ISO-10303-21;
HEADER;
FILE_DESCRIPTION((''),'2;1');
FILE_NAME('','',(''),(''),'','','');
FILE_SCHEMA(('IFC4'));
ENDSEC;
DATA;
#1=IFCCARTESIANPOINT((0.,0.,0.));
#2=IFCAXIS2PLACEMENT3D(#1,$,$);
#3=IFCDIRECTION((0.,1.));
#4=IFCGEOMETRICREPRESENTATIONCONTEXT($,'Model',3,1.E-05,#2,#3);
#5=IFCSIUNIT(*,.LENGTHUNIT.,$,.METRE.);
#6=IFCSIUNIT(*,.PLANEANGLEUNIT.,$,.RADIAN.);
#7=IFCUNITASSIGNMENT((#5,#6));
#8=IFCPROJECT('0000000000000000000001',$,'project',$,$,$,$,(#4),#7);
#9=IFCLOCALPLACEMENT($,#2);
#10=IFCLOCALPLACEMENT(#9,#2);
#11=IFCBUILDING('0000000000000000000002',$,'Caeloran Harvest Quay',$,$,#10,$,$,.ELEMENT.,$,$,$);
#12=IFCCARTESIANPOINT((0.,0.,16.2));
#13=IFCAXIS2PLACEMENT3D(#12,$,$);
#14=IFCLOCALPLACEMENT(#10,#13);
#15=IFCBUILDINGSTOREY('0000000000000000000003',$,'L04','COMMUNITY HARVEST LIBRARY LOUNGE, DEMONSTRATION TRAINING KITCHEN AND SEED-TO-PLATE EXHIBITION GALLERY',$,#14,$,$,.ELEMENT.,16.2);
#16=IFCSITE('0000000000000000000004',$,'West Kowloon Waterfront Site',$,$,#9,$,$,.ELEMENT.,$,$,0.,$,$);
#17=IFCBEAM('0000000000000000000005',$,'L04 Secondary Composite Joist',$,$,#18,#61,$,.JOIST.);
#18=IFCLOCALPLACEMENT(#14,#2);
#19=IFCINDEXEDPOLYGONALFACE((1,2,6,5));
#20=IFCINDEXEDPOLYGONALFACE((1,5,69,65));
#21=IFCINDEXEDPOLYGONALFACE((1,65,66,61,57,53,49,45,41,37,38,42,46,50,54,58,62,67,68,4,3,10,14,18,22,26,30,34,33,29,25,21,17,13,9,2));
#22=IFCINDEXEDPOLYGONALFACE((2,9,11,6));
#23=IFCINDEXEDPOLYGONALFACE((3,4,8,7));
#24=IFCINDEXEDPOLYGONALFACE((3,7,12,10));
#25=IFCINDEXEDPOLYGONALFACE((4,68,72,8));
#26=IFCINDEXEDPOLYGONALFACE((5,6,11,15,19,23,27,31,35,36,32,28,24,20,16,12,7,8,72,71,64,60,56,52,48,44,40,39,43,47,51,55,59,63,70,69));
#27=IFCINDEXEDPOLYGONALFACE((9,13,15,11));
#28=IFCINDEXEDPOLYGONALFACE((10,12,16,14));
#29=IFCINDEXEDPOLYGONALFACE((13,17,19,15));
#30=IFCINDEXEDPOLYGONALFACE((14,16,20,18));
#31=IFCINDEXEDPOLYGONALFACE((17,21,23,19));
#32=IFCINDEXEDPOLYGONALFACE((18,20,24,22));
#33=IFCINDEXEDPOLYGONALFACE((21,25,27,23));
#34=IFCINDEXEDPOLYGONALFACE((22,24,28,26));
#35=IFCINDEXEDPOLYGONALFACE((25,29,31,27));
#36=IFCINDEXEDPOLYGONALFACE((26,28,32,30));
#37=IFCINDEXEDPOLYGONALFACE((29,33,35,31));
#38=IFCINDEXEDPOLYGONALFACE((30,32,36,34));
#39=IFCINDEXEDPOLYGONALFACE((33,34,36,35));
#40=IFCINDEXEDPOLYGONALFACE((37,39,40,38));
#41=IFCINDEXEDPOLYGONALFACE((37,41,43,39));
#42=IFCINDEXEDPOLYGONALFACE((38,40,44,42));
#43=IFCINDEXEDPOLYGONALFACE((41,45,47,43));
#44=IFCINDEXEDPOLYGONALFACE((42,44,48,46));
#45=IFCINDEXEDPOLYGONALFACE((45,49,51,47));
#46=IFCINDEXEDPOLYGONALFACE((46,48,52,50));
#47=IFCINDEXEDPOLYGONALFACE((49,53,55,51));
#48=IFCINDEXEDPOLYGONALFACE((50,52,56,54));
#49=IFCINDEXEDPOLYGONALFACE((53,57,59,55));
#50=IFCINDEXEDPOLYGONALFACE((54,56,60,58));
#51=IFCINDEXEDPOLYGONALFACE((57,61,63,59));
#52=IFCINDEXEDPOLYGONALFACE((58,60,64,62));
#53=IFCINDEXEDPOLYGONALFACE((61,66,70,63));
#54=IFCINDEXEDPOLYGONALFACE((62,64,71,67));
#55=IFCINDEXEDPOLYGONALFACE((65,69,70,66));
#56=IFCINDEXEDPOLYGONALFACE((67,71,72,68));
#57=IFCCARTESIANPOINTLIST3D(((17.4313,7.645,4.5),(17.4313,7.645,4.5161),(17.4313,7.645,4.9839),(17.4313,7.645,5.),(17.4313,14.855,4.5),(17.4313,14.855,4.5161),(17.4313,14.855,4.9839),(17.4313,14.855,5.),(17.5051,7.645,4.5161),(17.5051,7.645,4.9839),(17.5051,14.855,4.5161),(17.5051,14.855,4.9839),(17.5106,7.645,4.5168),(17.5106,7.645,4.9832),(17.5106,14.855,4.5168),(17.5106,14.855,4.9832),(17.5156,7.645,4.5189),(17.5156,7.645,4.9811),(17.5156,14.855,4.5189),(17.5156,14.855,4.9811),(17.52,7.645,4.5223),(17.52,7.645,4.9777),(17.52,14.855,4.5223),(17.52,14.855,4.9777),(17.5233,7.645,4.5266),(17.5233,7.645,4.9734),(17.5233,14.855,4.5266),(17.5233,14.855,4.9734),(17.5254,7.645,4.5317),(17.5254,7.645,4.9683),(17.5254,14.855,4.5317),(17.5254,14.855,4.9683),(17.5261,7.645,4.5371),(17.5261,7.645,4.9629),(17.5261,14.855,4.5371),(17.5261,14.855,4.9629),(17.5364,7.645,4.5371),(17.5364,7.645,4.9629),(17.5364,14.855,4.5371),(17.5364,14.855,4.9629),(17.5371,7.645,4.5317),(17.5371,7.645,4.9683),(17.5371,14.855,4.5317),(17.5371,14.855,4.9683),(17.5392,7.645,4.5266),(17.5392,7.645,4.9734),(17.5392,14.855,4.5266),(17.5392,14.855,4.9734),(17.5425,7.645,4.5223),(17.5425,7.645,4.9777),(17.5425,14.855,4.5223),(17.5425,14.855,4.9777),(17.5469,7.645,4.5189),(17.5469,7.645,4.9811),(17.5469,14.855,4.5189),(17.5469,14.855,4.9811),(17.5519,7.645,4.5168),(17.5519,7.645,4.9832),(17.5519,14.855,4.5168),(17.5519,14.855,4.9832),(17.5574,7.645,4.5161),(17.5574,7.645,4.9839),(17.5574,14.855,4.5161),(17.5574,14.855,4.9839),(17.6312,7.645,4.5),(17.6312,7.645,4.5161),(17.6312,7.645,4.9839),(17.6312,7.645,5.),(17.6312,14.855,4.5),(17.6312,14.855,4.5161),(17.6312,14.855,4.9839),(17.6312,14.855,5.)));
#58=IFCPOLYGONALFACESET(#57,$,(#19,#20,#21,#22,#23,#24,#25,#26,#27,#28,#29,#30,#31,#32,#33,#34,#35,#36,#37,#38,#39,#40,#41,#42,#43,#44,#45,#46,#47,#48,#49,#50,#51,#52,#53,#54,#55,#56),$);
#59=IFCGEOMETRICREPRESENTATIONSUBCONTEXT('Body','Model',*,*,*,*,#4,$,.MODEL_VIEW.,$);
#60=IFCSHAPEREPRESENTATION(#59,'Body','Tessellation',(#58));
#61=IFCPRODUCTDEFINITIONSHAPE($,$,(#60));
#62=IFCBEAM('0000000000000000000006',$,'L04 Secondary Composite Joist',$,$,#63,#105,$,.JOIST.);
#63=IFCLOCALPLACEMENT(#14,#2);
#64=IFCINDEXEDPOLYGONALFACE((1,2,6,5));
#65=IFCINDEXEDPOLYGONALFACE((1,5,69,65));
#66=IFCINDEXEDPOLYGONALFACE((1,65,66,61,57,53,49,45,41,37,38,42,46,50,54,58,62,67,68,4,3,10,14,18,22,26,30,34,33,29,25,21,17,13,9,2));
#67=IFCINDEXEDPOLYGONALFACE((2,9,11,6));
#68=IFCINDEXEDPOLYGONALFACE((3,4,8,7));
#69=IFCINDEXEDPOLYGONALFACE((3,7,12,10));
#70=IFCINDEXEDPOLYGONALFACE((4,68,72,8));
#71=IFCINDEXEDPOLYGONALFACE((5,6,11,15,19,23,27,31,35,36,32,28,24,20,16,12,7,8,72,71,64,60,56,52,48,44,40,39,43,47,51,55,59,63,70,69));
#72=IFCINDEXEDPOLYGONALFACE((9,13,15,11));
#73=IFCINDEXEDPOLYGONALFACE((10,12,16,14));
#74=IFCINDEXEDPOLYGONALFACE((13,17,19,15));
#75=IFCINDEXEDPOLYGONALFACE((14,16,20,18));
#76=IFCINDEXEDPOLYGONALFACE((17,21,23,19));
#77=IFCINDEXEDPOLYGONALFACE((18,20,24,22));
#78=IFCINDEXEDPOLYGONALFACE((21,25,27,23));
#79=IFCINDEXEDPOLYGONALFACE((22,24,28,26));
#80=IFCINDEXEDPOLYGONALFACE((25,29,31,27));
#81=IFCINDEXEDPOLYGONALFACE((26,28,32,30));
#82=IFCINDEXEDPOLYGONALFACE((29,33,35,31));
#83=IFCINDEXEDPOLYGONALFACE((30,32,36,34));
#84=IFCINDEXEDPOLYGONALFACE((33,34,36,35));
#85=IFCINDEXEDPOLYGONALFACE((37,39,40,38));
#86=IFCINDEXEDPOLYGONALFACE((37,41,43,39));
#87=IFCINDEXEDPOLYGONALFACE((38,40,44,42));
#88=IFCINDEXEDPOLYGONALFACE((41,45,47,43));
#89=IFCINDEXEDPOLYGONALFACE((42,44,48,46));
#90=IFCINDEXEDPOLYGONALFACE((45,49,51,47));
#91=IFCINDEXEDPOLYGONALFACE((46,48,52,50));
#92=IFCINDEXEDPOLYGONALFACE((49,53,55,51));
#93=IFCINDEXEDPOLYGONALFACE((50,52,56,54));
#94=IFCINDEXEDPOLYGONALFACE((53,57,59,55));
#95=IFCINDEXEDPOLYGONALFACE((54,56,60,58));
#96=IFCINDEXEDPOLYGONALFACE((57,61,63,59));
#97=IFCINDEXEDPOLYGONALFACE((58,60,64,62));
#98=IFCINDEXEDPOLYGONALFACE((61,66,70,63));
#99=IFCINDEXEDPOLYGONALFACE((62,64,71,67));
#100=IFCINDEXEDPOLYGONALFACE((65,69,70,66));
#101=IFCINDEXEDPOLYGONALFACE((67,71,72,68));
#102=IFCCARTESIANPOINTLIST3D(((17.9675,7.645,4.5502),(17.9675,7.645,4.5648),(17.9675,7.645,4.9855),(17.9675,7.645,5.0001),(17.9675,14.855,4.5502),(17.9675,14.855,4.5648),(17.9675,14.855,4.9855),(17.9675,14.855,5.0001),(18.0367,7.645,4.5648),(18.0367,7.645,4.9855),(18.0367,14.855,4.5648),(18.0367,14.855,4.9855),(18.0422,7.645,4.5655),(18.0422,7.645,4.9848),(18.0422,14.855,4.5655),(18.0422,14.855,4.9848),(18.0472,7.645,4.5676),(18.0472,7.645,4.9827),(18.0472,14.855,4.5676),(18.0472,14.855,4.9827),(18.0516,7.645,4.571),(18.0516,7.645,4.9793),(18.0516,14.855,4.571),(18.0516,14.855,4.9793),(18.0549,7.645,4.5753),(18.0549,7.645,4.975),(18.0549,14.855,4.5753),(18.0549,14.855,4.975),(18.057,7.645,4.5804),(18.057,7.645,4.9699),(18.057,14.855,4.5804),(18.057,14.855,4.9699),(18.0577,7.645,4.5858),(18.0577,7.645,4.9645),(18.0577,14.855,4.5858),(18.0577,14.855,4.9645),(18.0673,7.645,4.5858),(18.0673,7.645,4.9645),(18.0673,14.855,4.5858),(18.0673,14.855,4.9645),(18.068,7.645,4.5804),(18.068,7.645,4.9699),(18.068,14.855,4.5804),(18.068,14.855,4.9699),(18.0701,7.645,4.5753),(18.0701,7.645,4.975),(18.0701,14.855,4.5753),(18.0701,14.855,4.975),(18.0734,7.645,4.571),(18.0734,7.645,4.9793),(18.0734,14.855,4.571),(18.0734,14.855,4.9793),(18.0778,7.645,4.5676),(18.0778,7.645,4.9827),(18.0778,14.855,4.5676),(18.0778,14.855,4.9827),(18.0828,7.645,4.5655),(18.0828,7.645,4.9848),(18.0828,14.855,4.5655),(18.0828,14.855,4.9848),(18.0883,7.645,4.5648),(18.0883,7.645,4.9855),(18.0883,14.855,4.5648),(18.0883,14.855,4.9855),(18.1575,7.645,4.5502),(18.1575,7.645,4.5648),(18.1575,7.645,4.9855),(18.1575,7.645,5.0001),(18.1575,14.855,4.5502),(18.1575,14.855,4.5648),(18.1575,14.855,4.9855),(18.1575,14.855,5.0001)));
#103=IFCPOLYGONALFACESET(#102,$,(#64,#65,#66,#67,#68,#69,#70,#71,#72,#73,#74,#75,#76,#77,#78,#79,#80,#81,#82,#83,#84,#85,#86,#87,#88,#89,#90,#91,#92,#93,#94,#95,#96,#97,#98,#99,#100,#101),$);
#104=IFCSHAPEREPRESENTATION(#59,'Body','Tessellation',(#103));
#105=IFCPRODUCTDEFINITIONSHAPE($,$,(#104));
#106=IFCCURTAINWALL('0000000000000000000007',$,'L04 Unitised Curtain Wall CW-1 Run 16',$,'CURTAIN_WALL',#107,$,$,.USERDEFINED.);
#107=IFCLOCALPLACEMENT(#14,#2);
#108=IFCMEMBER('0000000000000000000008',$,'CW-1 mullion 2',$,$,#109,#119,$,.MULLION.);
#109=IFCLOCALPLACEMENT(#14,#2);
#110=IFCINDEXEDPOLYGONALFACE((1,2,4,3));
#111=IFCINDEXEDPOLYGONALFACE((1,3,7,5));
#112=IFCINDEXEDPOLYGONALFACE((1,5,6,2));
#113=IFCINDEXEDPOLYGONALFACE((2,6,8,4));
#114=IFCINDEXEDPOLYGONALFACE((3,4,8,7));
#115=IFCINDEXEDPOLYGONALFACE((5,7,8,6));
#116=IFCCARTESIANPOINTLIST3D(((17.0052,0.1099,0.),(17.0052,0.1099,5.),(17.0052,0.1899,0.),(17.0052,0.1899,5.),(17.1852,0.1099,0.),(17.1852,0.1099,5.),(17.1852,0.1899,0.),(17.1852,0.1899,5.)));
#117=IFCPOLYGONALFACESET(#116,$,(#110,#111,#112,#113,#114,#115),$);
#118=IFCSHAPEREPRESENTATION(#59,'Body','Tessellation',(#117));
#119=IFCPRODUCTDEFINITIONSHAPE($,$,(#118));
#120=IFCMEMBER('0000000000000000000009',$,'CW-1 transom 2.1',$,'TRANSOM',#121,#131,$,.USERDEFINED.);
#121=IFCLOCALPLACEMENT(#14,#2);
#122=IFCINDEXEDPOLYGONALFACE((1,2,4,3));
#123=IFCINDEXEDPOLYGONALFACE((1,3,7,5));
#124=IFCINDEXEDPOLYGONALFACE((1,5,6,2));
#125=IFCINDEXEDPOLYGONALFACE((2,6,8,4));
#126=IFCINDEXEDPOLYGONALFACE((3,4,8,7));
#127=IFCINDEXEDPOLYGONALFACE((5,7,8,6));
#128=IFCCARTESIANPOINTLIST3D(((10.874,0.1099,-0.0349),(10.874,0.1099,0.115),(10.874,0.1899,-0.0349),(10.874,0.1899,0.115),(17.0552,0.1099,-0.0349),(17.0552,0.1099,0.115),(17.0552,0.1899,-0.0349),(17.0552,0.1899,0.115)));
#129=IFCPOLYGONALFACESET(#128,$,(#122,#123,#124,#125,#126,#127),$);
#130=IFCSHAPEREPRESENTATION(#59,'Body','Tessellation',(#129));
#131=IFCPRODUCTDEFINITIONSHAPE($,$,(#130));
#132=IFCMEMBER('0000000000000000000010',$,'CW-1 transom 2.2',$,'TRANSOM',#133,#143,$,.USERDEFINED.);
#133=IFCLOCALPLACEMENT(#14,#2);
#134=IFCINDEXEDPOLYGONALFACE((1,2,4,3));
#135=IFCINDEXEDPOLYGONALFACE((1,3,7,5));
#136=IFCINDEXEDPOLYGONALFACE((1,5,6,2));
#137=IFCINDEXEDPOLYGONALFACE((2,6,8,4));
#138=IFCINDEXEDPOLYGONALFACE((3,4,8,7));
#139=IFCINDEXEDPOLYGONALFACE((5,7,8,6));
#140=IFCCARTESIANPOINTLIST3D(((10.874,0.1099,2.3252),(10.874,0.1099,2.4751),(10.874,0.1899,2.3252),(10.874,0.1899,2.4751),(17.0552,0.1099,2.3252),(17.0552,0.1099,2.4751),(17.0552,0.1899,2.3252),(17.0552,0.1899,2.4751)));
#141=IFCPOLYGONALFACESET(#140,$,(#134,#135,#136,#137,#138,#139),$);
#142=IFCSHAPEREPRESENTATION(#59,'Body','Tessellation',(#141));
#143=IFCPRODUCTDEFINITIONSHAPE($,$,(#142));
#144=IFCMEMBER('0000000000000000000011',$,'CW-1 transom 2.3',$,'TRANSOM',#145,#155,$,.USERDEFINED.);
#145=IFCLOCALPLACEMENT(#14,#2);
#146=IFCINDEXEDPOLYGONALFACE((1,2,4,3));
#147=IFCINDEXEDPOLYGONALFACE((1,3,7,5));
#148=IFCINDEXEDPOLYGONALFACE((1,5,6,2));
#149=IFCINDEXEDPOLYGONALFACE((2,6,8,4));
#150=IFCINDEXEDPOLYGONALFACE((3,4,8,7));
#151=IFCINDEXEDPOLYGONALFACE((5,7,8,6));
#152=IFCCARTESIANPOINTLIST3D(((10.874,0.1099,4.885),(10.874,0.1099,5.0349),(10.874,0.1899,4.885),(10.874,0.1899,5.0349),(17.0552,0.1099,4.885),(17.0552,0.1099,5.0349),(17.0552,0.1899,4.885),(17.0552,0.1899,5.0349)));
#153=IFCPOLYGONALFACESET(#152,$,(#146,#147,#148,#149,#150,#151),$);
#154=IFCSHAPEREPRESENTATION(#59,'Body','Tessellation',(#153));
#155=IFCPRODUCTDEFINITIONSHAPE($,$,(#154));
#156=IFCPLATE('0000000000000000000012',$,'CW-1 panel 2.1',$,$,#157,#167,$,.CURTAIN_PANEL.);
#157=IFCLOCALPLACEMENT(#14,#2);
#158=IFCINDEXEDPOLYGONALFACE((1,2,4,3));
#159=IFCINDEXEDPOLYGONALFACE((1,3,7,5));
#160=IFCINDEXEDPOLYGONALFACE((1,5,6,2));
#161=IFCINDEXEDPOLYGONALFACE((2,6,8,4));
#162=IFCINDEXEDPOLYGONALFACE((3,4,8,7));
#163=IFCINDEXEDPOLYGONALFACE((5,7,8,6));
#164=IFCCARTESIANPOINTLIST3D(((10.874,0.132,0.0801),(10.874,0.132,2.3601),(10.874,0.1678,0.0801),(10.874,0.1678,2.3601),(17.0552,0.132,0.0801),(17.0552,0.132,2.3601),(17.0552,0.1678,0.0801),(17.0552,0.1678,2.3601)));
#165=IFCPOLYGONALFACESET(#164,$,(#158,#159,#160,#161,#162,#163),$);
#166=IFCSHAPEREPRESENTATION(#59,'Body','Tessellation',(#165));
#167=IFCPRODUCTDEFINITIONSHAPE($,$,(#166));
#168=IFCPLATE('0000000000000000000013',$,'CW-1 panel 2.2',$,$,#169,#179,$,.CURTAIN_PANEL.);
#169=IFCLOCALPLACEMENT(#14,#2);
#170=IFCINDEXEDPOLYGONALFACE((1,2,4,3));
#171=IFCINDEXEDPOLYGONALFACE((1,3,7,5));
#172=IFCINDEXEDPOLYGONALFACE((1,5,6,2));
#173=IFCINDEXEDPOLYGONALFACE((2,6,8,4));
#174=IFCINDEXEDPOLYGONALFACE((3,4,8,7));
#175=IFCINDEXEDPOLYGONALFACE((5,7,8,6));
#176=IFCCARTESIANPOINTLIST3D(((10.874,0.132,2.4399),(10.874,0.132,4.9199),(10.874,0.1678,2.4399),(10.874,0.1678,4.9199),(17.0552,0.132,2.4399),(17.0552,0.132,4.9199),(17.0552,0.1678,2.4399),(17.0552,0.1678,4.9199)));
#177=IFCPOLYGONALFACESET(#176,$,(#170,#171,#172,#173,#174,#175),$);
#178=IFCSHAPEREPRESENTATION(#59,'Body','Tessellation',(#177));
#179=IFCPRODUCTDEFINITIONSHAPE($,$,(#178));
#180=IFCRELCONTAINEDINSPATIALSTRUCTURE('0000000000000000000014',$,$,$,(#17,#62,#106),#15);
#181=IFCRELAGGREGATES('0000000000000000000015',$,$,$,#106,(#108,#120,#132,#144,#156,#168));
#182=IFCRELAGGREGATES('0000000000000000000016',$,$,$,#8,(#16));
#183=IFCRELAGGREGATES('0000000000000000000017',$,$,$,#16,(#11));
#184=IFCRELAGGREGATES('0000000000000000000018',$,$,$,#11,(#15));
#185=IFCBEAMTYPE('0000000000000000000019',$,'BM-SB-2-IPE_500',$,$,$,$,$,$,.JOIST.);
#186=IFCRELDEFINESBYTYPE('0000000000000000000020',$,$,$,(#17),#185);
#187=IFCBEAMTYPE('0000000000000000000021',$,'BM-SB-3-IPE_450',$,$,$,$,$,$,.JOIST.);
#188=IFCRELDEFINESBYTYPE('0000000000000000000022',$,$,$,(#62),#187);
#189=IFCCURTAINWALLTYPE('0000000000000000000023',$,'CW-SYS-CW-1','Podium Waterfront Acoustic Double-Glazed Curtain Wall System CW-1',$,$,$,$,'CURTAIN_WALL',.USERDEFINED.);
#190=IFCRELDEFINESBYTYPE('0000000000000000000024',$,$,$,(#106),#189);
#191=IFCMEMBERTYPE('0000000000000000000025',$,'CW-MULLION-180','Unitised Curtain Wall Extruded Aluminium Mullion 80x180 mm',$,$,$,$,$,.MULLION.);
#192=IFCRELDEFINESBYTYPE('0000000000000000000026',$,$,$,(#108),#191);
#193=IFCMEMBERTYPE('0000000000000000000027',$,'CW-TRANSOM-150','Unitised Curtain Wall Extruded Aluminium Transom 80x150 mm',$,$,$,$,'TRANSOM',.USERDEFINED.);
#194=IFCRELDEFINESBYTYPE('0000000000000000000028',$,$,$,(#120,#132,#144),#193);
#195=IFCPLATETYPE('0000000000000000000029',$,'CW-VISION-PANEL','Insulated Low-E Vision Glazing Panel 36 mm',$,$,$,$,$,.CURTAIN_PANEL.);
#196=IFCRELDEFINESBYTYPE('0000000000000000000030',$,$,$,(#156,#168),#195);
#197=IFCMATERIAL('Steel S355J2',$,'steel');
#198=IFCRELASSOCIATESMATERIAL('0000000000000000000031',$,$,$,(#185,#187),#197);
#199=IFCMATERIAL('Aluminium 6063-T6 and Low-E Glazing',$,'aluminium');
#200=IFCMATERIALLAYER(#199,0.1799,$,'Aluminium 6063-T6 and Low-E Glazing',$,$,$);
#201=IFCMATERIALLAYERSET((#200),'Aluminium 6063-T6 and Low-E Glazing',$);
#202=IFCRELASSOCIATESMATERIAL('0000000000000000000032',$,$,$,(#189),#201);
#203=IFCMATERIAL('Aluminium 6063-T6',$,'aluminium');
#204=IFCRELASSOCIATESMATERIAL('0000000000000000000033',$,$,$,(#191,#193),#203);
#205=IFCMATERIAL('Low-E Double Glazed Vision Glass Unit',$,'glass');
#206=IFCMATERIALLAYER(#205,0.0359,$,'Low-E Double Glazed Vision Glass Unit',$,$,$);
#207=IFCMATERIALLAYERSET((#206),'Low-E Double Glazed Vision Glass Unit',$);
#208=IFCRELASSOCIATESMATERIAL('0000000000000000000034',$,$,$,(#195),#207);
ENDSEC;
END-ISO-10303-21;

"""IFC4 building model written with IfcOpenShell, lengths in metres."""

from ifc_helpers import new_model, si_unit, direction, frame, origin, origin_2d, place, context, subcontext, project, spatial, rectangle, i_section, extrude, material, layer, layer_set, material_profile, profile_set, type_object, element, aggregate, save


model = new_model("IFC4")

# Units and contexts
model_context = context("Model", 3, precision=1e-05, world=origin(), true_north=direction((0.0, 1.0)))
body_context = subcontext(model_context, "Body", "Model", "MODEL_VIEW")
ifc_project = project(units=[si_unit("LENGTHUNIT", "METRE"), si_unit("PLANEANGLEUNIT", "RADIAN")], contexts=[model_context])

# Site, building, storey
site_placement = place(None, origin())
site = spatial("IfcSite", under=ifc_project, at=site_placement, Name="West Kowloon Waterfront Site", CompositionType="ELEMENT", RefElevation=0.0)
building_placement = place(site_placement, origin())
building = spatial("IfcBuilding", under=site, at=building_placement, Name="Caeloran Harvest Quay", CompositionType="ELEMENT")
storey_placement = place(building_placement, frame((0.0, 0.0, 16.2)))
storey = spatial("IfcBuildingStorey", under=building, at=storey_placement, Name="L04", Description="COMMUNITY HARVEST LIBRARY LOUNGE, DEMONSTRATION TRAINING KITCHEN AND SEED-TO-PLATE EXHIBITION GALLERY", CompositionType="ELEMENT", Elevation=16.2)

# Beams
ifc_material_1 = material(Name="Steel S355J2", Category="steel")
ifc_material_profile_1 = material_profile(ifc_material_1, i_section(OverallWidth=0.2, OverallDepth=0.5, WebThickness=0.0103, FlangeThickness=0.0161, FilletRadius=0.021, at=origin_2d()), Name="IPE 500")
ifc_profile_set_1 = profile_set([ifc_material_profile_1], Name="Steel S355J2")
beam_type_1 = type_object("IfcBeamType", Name="BM-SB-2-IPE_500", PredefinedType="JOIST", material=ifc_profile_set_1)
beam_1_placement = place(storey_placement, frame((17.5312, 7.645, 4.75), z_axis=(0.0, 1.0, 0.0), x_axis=(-1.0, 0.0, 0.0)))
element("IfcBeam", 1, at=beam_1_placement, inside=storey, type_object=beam_type_1, Name="L04 Secondary Composite Joist", PredefinedType="JOIST", context=body_context, shape_type="SweptSolid", body=[
    extrude(i_section(OverallWidth=0.2, OverallDepth=0.5, WebThickness=0.0103, FlangeThickness=0.0161, FilletRadius=0.021, at=origin_2d()), origin(), (0.0, 0.0, 1.0), 7.21),
])
ifc_material_profile_2 = material_profile(ifc_material_1, i_section(OverallWidth=0.1899, OverallDepth=0.45, WebThickness=0.0095, FlangeThickness=0.0146, FilletRadius=0.021, at=origin_2d()), Name="IPE 450")
ifc_profile_set_2 = profile_set([ifc_material_profile_2], Name="Steel S355J2")
beam_type_2 = type_object("IfcBeamType", Name="BM-SB-3-IPE_450", PredefinedType="JOIST", material=ifc_profile_set_2)
beam_2_placement = place(storey_placement, frame((18.0625, 7.645, 4.7751), z_axis=(0.0, 1.0, 0.0), x_axis=(-1.0, 0.0, 0.0)))
element("IfcBeam", 2, at=beam_2_placement, inside=storey, type_object=beam_type_2, Name="L04 Secondary Composite Joist", PredefinedType="JOIST", context=body_context, shape_type="SweptSolid", body=[
    extrude(i_section(OverallWidth=0.1899, OverallDepth=0.45, WebThickness=0.0095, FlangeThickness=0.0146, FilletRadius=0.021, at=origin_2d()), origin(), (0.0, 0.0, 1.0), 7.21),
])

# Curtain wall, members, plates
ifc_material_2 = material(Name="Aluminium 6063-T6 and Low-E Glazing", Category="aluminium")
ifc_layer_1 = layer(ifc_material_2, 0.1799, Name="Aluminium 6063-T6 and Low-E Glazing")
ifc_layer_set_1 = layer_set([ifc_layer_1], Name="Aluminium 6063-T6 and Low-E Glazing")
curtain_wall_type = type_object("IfcCurtainWallType", Name="CW-SYS-CW-1", Description="Podium Waterfront Acoustic Double-Glazed Curtain Wall System CW-1", ElementType="CURTAIN_WALL", PredefinedType="USERDEFINED", material=ifc_layer_set_1)
curtain_wall_placement = place(storey_placement, origin())
curtain_wall = element("IfcCurtainWall", 3, at=curtain_wall_placement, inside=storey, type_object=curtain_wall_type, Name="L04 Unitised Curtain Wall CW-1 Run 16", ObjectType="CURTAIN_WALL", PredefinedType="USERDEFINED")
ifc_material_3 = material(Name="Aluminium 6063-T6", Category="aluminium")
ifc_material_profile_3 = material_profile(ifc_material_3, rectangle(XDim=0.0801, YDim=0.1799, at=origin_2d()), Name="CW-MULLION-180")
ifc_profile_set_3 = profile_set([ifc_material_profile_3], Name="Aluminium 6063-T6")
member_type_1 = type_object("IfcMemberType", Name="CW-MULLION-180", Description="Unitised Curtain Wall Extruded Aluminium Mullion 80x180 mm", PredefinedType="MULLION", material=ifc_profile_set_3)
member_1_placement = place(storey_placement, frame((17.0952, 0.1499, 0.0), z_axis=(0.0, 0.0, 1.0), x_axis=(0.0, -1.0, 0.0)))
member_1 = element("IfcMember", 4, at=member_1_placement, type_object=member_type_1, Name="CW-1 mullion 2", PredefinedType="MULLION", context=body_context, shape_type="SweptSolid", body=[
    extrude(rectangle(XDim=0.0801, YDim=0.1799, at=origin_2d()), origin(), (0.0, 0.0, 1.0), 5.0),
])
ifc_material_profile_4 = material_profile(ifc_material_3, rectangle(XDim=0.0801, YDim=0.1499, at=origin_2d()), Name="CW-TRANSOM-150")
ifc_profile_set_4 = profile_set([ifc_material_profile_4], Name="Aluminium 6063-T6")
member_type_2 = type_object("IfcMemberType", Name="CW-TRANSOM-150", Description="Unitised Curtain Wall Extruded Aluminium Transom 80x150 mm", ElementType="TRANSOM", PredefinedType="USERDEFINED", material=ifc_profile_set_4)
member_2_placement = place(storey_placement, frame((17.0552, 0.1499, 0.04), z_axis=(-1.0, 0.0, 0.0), x_axis=(0.0, -1.0, 0.0)))
member_2 = element("IfcMember", 5, at=member_2_placement, type_object=member_type_2, Name="CW-1 transom 2.1", ObjectType="TRANSOM", PredefinedType="USERDEFINED", context=body_context, shape_type="SweptSolid", body=[
    extrude(rectangle(XDim=0.0801, YDim=0.1499, at=origin_2d()), origin(), (0.0, 0.0, 1.0), 6.1812),
])
member_3_placement = place(storey_placement, frame((17.0552, 0.1499, 2.4001), z_axis=(-1.0, 0.0, 0.0), x_axis=(0.0, -1.0, 0.0)))
member_3 = element("IfcMember", 6, at=member_3_placement, type_object=member_type_2, Name="CW-1 transom 2.2", ObjectType="TRANSOM", PredefinedType="USERDEFINED", context=body_context, shape_type="SweptSolid", body=[
    extrude(rectangle(XDim=0.0801, YDim=0.1499, at=origin_2d()), origin(), (0.0, 0.0, 1.0), 6.1812),
])
member_4_placement = place(storey_placement, frame((17.0552, 0.1499, 4.96), z_axis=(-1.0, 0.0, 0.0), x_axis=(0.0, -1.0, 0.0)))
member_4 = element("IfcMember", 7, at=member_4_placement, type_object=member_type_2, Name="CW-1 transom 2.3", ObjectType="TRANSOM", PredefinedType="USERDEFINED", context=body_context, shape_type="SweptSolid", body=[
    extrude(rectangle(XDim=0.0801, YDim=0.1499, at=origin_2d()), origin(), (0.0, 0.0, 1.0), 6.1812),
])
ifc_material_4 = material(Name="Low-E Double Glazed Vision Glass Unit", Category="glass")
ifc_layer_2 = layer(ifc_material_4, 0.0359, Name="Low-E Double Glazed Vision Glass Unit")
ifc_layer_set_2 = layer_set([ifc_layer_2], Name="Low-E Double Glazed Vision Glass Unit")
plate_type = type_object("IfcPlateType", Name="CW-VISION-PANEL", Description="Insulated Low-E Vision Glazing Panel 36 mm", PredefinedType="CURTAIN_PANEL", material=ifc_layer_set_2)
plate_1_placement = place(storey_placement, frame((13.9646, 0.1499, 0.0801), z_axis=(0.0, 0.0, 1.0), x_axis=(-1.0, 0.0, 0.0)))
plate_1 = element("IfcPlate", 8, at=plate_1_placement, type_object=plate_type, Name="CW-1 panel 2.1", PredefinedType="CURTAIN_PANEL", context=body_context, shape_type="SweptSolid", body=[
    extrude(rectangle(XDim=6.1812, YDim=0.0359, at=origin_2d()), origin(), (0.0, 0.0, 1.0), 2.28),
])
plate_2_placement = place(storey_placement, frame((13.9646, 0.1499, 2.4399), z_axis=(0.0, 0.0, 1.0), x_axis=(-1.0, 0.0, 0.0)))
plate_2 = element("IfcPlate", 9, at=plate_2_placement, type_object=plate_type, Name="CW-1 panel 2.2", PredefinedType="CURTAIN_PANEL", context=body_context, shape_type="SweptSolid", body=[
    extrude(rectangle(XDim=6.1812, YDim=0.0359, at=origin_2d()), origin(), (0.0, 0.0, 1.0), 2.48),
])
aggregate(curtain_wall, [member_1, member_2, member_3, member_4, plate_1, plate_2])

save(model, "model.ifc")
